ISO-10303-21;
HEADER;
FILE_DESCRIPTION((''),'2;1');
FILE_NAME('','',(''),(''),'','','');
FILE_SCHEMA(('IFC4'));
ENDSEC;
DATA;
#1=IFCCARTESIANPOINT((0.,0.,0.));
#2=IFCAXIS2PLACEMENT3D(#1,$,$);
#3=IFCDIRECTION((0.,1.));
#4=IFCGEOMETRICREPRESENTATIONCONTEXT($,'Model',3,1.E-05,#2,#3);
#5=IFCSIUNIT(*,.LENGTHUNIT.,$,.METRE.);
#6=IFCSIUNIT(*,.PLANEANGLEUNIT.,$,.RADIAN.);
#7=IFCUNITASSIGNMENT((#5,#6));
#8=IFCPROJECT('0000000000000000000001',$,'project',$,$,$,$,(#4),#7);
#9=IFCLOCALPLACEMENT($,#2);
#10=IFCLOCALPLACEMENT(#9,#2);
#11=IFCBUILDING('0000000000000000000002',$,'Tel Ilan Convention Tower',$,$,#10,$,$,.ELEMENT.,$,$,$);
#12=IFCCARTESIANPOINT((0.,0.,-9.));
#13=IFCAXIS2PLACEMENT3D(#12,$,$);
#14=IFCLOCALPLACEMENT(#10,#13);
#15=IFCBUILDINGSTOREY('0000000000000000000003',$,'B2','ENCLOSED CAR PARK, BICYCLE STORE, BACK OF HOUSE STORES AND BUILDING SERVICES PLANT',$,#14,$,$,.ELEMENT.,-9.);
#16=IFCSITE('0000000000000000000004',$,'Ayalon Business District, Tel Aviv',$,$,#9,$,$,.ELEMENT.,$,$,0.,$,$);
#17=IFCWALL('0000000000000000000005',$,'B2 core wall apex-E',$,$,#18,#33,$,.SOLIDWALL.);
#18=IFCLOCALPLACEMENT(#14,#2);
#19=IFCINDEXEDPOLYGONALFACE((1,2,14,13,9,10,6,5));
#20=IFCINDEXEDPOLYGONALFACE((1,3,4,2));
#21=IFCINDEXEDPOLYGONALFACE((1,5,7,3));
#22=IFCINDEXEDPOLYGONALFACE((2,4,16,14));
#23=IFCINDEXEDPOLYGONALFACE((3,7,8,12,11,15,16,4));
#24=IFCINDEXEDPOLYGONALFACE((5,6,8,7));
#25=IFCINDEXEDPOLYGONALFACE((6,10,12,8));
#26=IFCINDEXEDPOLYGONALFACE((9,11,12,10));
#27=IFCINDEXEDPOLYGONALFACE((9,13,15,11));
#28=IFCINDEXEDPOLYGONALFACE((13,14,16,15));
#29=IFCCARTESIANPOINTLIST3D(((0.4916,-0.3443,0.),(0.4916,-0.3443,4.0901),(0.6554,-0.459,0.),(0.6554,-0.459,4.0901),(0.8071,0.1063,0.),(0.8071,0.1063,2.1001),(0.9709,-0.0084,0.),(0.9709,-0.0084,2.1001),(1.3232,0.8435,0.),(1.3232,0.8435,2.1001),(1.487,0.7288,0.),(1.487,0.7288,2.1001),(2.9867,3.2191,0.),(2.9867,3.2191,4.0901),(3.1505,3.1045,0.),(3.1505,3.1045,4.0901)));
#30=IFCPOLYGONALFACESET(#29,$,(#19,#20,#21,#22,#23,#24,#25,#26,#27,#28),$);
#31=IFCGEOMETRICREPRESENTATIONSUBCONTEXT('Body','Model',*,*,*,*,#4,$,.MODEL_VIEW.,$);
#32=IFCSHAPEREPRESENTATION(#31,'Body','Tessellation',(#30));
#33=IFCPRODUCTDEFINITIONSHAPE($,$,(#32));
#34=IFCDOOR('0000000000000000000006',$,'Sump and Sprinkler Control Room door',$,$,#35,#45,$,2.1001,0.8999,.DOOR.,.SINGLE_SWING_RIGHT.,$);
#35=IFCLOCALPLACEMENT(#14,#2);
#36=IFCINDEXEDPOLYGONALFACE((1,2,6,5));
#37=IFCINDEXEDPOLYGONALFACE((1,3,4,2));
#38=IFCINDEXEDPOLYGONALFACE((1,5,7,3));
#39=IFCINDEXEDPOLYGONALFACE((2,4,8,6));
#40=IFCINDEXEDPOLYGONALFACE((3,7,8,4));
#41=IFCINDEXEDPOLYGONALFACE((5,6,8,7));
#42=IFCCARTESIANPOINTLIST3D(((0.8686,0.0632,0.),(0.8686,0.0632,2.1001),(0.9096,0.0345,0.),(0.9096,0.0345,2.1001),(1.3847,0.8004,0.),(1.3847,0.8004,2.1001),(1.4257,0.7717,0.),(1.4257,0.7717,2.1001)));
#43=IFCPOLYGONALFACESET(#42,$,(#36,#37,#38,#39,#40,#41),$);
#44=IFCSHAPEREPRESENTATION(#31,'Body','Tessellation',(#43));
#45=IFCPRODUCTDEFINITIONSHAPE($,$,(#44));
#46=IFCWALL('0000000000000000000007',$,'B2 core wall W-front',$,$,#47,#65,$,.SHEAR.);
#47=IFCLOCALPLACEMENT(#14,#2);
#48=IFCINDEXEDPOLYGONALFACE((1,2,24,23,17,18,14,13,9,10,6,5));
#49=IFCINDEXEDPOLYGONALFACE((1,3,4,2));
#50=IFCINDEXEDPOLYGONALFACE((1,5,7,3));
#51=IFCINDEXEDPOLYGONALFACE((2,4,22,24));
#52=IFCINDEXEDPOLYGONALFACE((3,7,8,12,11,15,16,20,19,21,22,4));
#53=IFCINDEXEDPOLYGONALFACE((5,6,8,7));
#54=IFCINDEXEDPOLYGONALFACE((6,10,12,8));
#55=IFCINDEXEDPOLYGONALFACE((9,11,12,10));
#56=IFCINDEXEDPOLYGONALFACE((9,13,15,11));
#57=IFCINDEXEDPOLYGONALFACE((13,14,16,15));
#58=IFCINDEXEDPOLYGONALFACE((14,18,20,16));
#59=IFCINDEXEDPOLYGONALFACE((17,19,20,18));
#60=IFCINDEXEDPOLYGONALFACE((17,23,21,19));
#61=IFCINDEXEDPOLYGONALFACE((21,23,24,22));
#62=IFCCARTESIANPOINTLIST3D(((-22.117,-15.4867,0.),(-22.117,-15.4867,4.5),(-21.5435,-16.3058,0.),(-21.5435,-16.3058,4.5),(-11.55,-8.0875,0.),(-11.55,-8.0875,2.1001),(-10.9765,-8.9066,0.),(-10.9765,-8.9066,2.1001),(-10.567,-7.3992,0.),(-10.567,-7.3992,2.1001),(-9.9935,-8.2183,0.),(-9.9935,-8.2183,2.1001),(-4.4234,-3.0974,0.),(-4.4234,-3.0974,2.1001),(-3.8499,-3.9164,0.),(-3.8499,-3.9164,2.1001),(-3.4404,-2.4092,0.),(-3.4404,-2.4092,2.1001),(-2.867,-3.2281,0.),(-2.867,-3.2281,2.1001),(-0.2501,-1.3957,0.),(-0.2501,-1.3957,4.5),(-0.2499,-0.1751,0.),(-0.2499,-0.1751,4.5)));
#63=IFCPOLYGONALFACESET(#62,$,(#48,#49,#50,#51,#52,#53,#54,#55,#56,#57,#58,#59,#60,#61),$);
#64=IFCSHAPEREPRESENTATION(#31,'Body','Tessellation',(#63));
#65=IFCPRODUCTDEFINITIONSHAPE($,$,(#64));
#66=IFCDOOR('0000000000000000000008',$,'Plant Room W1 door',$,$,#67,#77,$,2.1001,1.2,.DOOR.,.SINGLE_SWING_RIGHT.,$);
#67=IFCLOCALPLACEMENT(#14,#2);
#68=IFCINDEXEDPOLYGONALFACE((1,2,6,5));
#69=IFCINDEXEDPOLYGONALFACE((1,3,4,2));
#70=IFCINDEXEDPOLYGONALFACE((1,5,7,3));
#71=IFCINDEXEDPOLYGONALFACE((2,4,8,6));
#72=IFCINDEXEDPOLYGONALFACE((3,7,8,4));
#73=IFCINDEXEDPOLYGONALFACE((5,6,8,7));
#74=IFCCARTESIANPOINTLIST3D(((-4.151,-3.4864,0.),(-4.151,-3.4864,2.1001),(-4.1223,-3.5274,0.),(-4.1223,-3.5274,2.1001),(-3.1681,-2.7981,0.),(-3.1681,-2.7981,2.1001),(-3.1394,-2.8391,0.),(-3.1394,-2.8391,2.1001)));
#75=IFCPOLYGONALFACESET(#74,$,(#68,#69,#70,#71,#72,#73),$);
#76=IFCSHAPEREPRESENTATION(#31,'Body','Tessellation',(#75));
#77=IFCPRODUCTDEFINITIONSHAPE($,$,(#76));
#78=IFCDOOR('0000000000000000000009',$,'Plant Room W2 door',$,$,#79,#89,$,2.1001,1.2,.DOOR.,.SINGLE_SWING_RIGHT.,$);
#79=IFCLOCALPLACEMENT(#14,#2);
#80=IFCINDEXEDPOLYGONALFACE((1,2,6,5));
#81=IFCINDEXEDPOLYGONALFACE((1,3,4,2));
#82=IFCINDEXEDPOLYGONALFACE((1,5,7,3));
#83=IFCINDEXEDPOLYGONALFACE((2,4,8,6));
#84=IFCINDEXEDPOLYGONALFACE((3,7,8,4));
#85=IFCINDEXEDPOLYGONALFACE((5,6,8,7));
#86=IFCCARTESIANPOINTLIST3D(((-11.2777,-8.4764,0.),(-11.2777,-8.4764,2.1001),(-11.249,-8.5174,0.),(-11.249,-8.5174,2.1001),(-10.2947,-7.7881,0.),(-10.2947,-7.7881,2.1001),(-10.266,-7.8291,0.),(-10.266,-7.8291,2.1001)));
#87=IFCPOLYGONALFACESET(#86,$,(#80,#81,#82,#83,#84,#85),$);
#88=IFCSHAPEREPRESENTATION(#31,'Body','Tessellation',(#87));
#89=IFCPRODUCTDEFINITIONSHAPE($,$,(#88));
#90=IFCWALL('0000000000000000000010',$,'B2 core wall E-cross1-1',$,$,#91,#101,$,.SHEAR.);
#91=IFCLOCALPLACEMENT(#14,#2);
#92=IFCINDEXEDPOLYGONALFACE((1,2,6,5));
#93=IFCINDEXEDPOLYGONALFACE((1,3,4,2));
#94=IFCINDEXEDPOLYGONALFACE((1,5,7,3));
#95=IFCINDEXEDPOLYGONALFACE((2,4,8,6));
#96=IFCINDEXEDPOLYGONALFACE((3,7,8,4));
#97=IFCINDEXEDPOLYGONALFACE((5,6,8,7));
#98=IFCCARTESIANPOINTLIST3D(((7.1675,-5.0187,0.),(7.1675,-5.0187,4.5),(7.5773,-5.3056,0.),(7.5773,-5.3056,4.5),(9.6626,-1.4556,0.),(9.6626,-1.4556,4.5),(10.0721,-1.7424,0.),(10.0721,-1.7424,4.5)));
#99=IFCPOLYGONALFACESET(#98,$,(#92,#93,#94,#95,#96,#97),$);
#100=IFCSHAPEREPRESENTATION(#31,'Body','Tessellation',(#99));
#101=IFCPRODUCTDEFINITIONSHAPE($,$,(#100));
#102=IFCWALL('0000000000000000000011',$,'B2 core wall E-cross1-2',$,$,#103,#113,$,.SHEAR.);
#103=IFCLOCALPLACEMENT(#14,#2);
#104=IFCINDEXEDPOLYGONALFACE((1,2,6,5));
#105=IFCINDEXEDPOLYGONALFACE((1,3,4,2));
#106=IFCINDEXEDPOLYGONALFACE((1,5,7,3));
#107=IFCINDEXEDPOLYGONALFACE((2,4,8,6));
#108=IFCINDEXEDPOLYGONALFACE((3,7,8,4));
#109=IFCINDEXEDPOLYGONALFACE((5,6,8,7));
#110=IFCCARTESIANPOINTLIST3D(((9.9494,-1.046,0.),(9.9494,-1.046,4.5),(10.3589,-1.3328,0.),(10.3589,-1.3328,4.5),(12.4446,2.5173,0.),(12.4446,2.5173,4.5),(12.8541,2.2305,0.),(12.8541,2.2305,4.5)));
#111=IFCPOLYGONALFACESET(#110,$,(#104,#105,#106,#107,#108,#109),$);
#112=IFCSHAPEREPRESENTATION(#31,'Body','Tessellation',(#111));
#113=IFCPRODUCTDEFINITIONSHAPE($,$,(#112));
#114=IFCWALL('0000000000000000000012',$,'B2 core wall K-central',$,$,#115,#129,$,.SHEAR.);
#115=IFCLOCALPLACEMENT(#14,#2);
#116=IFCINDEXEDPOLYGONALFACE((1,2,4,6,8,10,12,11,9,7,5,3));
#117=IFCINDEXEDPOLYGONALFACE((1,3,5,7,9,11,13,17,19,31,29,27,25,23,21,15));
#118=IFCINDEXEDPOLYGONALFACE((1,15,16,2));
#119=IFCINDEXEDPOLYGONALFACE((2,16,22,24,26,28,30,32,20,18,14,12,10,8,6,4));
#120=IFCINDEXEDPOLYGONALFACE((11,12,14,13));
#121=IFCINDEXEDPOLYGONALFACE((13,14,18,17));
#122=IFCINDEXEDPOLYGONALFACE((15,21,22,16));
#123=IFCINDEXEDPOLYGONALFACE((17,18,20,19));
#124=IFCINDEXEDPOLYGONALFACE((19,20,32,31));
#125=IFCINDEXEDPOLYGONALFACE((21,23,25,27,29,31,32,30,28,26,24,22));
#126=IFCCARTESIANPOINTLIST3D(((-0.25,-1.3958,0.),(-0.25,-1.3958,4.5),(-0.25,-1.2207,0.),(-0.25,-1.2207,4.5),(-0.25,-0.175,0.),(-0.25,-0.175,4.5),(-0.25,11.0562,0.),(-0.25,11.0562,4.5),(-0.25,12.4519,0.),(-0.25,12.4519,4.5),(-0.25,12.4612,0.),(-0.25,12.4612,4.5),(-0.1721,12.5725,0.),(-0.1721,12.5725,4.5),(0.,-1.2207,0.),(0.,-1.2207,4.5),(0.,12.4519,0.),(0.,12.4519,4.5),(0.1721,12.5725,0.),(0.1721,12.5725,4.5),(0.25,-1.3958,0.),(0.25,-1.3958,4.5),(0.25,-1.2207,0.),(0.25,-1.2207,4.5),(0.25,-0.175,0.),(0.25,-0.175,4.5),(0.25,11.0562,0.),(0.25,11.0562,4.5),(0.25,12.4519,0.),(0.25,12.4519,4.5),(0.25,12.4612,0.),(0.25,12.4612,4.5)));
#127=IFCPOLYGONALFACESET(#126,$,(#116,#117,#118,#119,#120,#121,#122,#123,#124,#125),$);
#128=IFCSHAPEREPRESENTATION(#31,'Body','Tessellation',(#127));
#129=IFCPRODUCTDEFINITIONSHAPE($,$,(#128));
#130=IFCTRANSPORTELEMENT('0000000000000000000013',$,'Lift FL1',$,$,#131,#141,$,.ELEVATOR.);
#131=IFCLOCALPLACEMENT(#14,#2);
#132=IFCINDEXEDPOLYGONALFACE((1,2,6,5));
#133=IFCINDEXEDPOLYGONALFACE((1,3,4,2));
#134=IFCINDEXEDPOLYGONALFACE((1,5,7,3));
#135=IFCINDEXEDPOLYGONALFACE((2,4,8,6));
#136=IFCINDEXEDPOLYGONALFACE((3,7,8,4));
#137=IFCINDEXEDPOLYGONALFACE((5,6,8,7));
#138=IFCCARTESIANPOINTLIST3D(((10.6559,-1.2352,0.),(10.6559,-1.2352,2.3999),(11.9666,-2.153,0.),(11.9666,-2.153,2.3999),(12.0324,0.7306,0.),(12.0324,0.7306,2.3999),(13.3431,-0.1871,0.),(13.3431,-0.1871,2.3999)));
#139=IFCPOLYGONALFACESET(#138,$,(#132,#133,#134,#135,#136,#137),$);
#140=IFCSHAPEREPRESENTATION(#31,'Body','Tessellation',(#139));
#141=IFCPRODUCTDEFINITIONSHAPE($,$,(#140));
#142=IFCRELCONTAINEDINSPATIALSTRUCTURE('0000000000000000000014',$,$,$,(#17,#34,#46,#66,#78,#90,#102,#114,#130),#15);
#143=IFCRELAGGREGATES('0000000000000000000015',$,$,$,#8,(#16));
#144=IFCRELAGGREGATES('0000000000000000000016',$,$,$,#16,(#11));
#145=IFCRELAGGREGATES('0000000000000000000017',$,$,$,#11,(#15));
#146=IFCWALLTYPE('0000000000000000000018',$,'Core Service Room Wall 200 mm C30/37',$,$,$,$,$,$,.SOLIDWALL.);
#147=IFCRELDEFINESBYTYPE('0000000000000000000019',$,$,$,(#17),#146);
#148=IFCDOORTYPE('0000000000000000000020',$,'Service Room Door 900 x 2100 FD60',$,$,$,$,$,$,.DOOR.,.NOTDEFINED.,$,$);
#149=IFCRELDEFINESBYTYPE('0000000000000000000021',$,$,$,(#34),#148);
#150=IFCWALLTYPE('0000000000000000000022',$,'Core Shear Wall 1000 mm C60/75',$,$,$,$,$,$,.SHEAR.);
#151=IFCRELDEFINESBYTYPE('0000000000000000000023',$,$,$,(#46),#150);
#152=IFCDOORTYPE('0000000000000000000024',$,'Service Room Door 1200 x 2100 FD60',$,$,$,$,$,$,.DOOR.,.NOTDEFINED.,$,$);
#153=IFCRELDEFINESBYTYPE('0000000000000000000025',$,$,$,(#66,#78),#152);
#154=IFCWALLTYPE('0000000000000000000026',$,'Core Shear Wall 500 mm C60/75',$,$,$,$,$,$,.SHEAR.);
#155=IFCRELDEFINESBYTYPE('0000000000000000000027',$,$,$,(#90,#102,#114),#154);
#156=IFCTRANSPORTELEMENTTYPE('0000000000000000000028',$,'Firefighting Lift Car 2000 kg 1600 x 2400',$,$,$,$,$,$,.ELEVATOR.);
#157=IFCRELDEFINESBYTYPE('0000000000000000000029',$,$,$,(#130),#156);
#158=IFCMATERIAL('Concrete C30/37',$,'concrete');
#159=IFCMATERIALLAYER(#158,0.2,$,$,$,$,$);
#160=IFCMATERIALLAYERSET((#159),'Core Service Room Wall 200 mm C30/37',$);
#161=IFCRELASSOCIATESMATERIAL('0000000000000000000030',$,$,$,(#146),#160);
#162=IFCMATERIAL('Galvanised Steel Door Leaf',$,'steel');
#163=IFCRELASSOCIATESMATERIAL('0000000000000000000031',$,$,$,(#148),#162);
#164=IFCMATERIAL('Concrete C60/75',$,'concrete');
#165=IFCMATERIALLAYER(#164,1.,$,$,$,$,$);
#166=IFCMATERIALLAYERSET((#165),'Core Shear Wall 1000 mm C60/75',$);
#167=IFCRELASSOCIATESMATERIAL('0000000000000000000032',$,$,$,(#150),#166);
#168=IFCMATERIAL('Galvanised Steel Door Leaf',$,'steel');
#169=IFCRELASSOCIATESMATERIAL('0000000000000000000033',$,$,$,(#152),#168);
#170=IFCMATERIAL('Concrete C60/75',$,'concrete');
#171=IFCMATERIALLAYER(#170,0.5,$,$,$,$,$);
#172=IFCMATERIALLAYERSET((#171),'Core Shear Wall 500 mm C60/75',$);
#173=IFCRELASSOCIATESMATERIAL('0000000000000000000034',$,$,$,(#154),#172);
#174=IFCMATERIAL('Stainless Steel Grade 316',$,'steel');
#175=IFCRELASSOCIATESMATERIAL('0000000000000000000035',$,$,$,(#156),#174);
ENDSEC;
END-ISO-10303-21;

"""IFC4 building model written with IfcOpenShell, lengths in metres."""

from ifc_helpers import new_model, si_unit, direction, frame, frame_2d, origin, origin_2d, place, context, subcontext, project, spatial, polyline, rectangle, outline, extrude, material, layer, layer_set, type_object, element, fill, save


model = new_model("IFC4")

# Units and contexts
model_context = context("Model", 3, precision=1e-05, world=origin(), true_north=direction((0.0, 1.0)))
body_context = subcontext(model_context, "Body", "Model", "MODEL_VIEW")
ifc_project = project(units=[si_unit("LENGTHUNIT", "METRE"), si_unit("PLANEANGLEUNIT", "RADIAN")], contexts=[model_context])

# Site, building, storey
site_placement = place(None, origin())
site = spatial("IfcSite", under=ifc_project, at=site_placement, Name="Ayalon Business District, Tel Aviv", CompositionType="ELEMENT", RefElevation=0.0)
building_placement = place(site_placement, origin())
building = spatial("IfcBuilding", under=site, at=building_placement, Name="Tel Ilan Convention Tower", CompositionType="ELEMENT")
storey_placement = place(building_placement, frame((0.0, 0.0, -9.0)))
storey = spatial("IfcBuildingStorey", under=building, at=storey_placement, Name="B2", Description="ENCLOSED CAR PARK, BICYCLE STORE, BACK OF HOUSE STORES AND BUILDING SERVICES PLANT", CompositionType="ELEMENT", Elevation=-9.0)

# Wall, opening, door
ifc_material_1 = material(Name="Concrete C30/37", Category="concrete")
ifc_layer_1 = layer(ifc_material_1, 0.2)
ifc_layer_set_1 = layer_set([ifc_layer_1], Name="Core Service Room Wall 200 mm C30/37")
wall_type_1 = type_object("IfcWallType", Name="Core Service Room Wall 200 mm C30/37", PredefinedType="SOLIDWALL", material=ifc_layer_set_1)
wall_1_placement = place(storey_placement, frame((0.5735, -0.4016, 0.0), z_axis=(0.0, 0.0, 1.0), x_axis=(0.573568, 0.819158, 0.0)))
wall_1 = element("IfcWall", 1, at=wall_1_placement, inside=storey, type_object=wall_type_1, Name="B2 core wall apex-E", PredefinedType="SOLIDWALL", context=body_context, shape_type="SweptSolid", body=[
    extrude(rectangle(XDim=4.3501, YDim=0.2, at=frame_2d((2.175, 0.0))), origin(), (0.0, 0.0, 1.0), 4.0901),
])
opening_1_placement = place(wall_1_placement, frame((0.55, 0.0, 0.0)))
opening_1 = element("IfcOpeningElement", 2, at=opening_1_placement, cuts=wall_1, PredefinedType="OPENING", context=body_context, shape_type="SweptSolid", body=[
    extrude(rectangle(XDim=0.8999, YDim=2.1001, at=frame_2d((0.45, 1.05))), frame((0.0, 0.1099, 0.0), z_axis=(0.0, -1.0, 0.0), x_axis=(1.0, 0.0, 0.0)), (0.0, 0.0, 1.0), 0.22),
])
ifc_material_2 = material(Name="Galvanised Steel Door Leaf", Category="steel")
door_type_1 = type_object("IfcDoorType", Name="Service Room Door 900 x 2100 FD60", OperationType="NOTDEFINED", PredefinedType="DOOR", material=ifc_material_2)
door_1_placement = place(opening_1_placement, origin())
door_1 = element("IfcDoor", 3, at=door_1_placement, inside=storey, type_object=door_type_1, Name="Sump and Sprinkler Control Room door", OperationType="SINGLE_SWING_RIGHT", OverallHeight=2.1001, OverallWidth=0.8999, PredefinedType="DOOR", context=body_context, shape_type="SweptSolid", body=[
    extrude(rectangle(XDim=0.8999, YDim=2.1001, at=frame_2d((0.45, 1.05))), frame((0.0, 0.0249, 0.0), z_axis=(0.0, -1.0, 0.0), x_axis=(1.0, 0.0, 0.0)), (0.0, 0.0, 1.0), 0.05),
])
fill(opening_1, door_1)

# Wall, openings, doors
ifc_material_3 = material(Name="Concrete C60/75", Category="concrete")
ifc_layer_2 = layer(ifc_material_3, 1.0)
ifc_layer_set_2 = layer_set([ifc_layer_2], Name="Core Shear Wall 1000 mm C60/75")
wall_type_2 = type_object("IfcWallType", Name="Core Shear Wall 1000 mm C60/75", PredefinedType="SHEAR", material=ifc_layer_set_2)
wall_2_placement = place(storey_placement, frame((0.0369, -0.5847, 0.0), z_axis=(0.0, 0.0, 1.0), x_axis=(-0.819157, -0.573569, 0.0)))
wall_2 = element("IfcWall", 4, at=wall_2_placement, inside=storey, type_object=wall_type_2, Name="B2 core wall W-front", PredefinedType="SHEAR", context=body_context, shape_type="SweptSolid", body=[
    extrude(outline(polyline([(26.6948, 0.5002), (0.7002, 0.4998), (0.0, -0.5), (26.6948, -0.4998), (26.6948, 0.5002)])), origin(), (0.0, 0.0, 1.0), 4.5),
])
opening_2_placement = place(wall_2_placement, frame((3.8948, 0.0, 0.0)))
opening_2 = element("IfcOpeningElement", 5, at=opening_2_placement, cuts=wall_2, PredefinedType="OPENING", context=body_context, shape_type="SweptSolid", body=[
    extrude(rectangle(XDim=1.2, YDim=2.1001, at=frame_2d((0.6001, 1.05))), frame((0.0, 0.51, 0.0), z_axis=(0.0, -1.0, 0.0), x_axis=(1.0, 0.0, 0.0)), (0.0, 0.0, 1.0), 1.02),
])
opening_3_placement = place(wall_2_placement, frame((12.5947, 0.0, 0.0)))
opening_3 = element("IfcOpeningElement", 6, at=opening_3_placement, cuts=wall_2, PredefinedType="OPENING", context=body_context, shape_type="SweptSolid", body=[
    extrude(rectangle(XDim=1.2, YDim=2.1001, at=frame_2d((0.6001, 1.05))), frame((0.0, 0.51, 0.0), z_axis=(0.0, -1.0, 0.0), x_axis=(1.0, 0.0, 0.0)), (0.0, 0.0, 1.0), 1.02),
])
ifc_material_4 = material(Name="Galvanised Steel Door Leaf", Category="steel")
door_type_2 = type_object("IfcDoorType", Name="Service Room Door 1200 x 2100 FD60", OperationType="NOTDEFINED", PredefinedType="DOOR", material=ifc_material_4)
door_2_placement = place(opening_2_placement, origin())
door_2 = element("IfcDoor", 7, at=door_2_placement, inside=storey, type_object=door_type_2, Name="Plant Room W1 door", OperationType="SINGLE_SWING_RIGHT", OverallHeight=2.1001, OverallWidth=1.2, PredefinedType="DOOR", context=body_context, shape_type="SweptSolid", body=[
    extrude(rectangle(XDim=1.2, YDim=2.1001, at=frame_2d((0.6001, 1.05))), frame((0.0, 0.0249, 0.0), z_axis=(0.0, -1.0, 0.0), x_axis=(1.0, 0.0, 0.0)), (0.0, 0.0, 1.0), 0.05),
])
fill(opening_2, door_2)
door_3_placement = place(opening_3_placement, origin())
door_3 = element("IfcDoor", 8, at=door_3_placement, inside=storey, type_object=door_type_2, Name="Plant Room W2 door", OperationType="SINGLE_SWING_RIGHT", OverallHeight=2.1001, OverallWidth=1.2, PredefinedType="DOOR", context=body_context, shape_type="SweptSolid", body=[
    extrude(rectangle(XDim=1.2, YDim=2.1001, at=frame_2d((0.6001, 1.05))), frame((0.0, 0.0249, 0.0), z_axis=(0.0, -1.0, 0.0), x_axis=(1.0, 0.0, 0.0)), (0.0, 0.0, 1.0), 0.05),
])
fill(opening_3, door_3)

# Walls
ifc_material_5 = material(Name="Concrete C60/75", Category="concrete")
ifc_layer_3 = layer(ifc_material_5, 0.5)
ifc_layer_set_3 = layer_set([ifc_layer_3], Name="Core Shear Wall 500 mm C60/75")
wall_type_3 = type_object("IfcWallType", Name="Core Shear Wall 500 mm C60/75", PredefinedType="SHEAR", material=ifc_layer_set_3)
wall_3_placement = place(storey_placement, frame((7.3723, -5.1621, 0.0), z_axis=(0.0, 0.0, 1.0), x_axis=(0.573594, 0.81914, 0.0)))
element("IfcWall", 9, at=wall_3_placement, inside=storey, type_object=wall_type_3, Name="B2 core wall E-cross1-1", PredefinedType="SHEAR", context=body_context, shape_type="SweptSolid", body=[
    extrude(outline(polyline([(0.0, 0.25), (0.0, -0.2502), (4.3499, -0.25), (4.3499, 0.25), (0.0, 0.25)])), origin(), (0.0, 0.0, 1.0), 4.5),
])
wall_4_placement = place(storey_placement, frame((10.1543, -1.1892, 0.0), z_axis=(0.0, 0.0, 1.0), x_axis=(0.573594, 0.81914, 0.0)))
element("IfcWall", 10, at=wall_4_placement, inside=storey, type_object=wall_type_3, Name="B2 core wall E-cross1-2", PredefinedType="SHEAR", context=body_context, shape_type="SweptSolid", body=[
    extrude(outline(polyline([(4.3499, -0.25), (4.3499, 0.25), (-0.0002, 0.25), (-0.0002, -0.25), (4.3499, -0.25)])), origin(), (0.0, 0.0, 1.0), 4.5),
])
wall_5_placement = place(storey_placement, frame((0.0, -1.3958, 0.0), z_axis=(0.0, 0.0, 1.0), x_axis=(0.0, 1.0, 0.0)))
element("IfcWall", 11, at=wall_5_placement, inside=storey, type_object=wall_type_3, Name="B2 core wall K-central", PredefinedType="SHEAR", context=body_context, shape_type="SweptSolid", body=[
    extrude(outline(polyline([(0.0, -0.25), (0.175, -0.25), (1.2207, -0.25), (12.4519, -0.25), (13.8477, -0.25), (13.8569, -0.25), (13.9683, -0.1721), (13.8477, 0.0), (13.9683, 0.1721), (13.8569, 0.25), (13.8477, 0.25), (12.4519, 0.25), (1.2207, 0.25), (0.175, 0.25), (0.0, 0.25), (0.175, 0.0), (0.0, -0.25)])), origin(), (0.0, 0.0, 1.0), 4.5),
])

# Transport element
ifc_material_6 = material(Name="Stainless Steel Grade 316", Category="steel")
transport_element_type = type_object("IfcTransportElementType", Name="Firefighting Lift Car 2000 kg 1600 x 2400", PredefinedType="ELEVATOR", material=ifc_material_6)
transport_element_placement = place(storey_placement, frame((11.9995, -0.7112, 0.0), z_axis=(0.0, 0.0, 1.0), x_axis=(0.819152, -0.573576, 0.0)))
element("IfcTransportElement", 12, at=transport_element_placement, inside=storey, type_object=transport_element_type, Name="Lift FL1", PredefinedType="ELEVATOR", context=body_context, shape_type="SweptSolid", body=[
    extrude(rectangle(XDim=1.6001, YDim=2.3999, at=origin_2d()), origin(), (0.0, 0.0, 1.0), 2.3999),
])

save(model, "model.ifc")
